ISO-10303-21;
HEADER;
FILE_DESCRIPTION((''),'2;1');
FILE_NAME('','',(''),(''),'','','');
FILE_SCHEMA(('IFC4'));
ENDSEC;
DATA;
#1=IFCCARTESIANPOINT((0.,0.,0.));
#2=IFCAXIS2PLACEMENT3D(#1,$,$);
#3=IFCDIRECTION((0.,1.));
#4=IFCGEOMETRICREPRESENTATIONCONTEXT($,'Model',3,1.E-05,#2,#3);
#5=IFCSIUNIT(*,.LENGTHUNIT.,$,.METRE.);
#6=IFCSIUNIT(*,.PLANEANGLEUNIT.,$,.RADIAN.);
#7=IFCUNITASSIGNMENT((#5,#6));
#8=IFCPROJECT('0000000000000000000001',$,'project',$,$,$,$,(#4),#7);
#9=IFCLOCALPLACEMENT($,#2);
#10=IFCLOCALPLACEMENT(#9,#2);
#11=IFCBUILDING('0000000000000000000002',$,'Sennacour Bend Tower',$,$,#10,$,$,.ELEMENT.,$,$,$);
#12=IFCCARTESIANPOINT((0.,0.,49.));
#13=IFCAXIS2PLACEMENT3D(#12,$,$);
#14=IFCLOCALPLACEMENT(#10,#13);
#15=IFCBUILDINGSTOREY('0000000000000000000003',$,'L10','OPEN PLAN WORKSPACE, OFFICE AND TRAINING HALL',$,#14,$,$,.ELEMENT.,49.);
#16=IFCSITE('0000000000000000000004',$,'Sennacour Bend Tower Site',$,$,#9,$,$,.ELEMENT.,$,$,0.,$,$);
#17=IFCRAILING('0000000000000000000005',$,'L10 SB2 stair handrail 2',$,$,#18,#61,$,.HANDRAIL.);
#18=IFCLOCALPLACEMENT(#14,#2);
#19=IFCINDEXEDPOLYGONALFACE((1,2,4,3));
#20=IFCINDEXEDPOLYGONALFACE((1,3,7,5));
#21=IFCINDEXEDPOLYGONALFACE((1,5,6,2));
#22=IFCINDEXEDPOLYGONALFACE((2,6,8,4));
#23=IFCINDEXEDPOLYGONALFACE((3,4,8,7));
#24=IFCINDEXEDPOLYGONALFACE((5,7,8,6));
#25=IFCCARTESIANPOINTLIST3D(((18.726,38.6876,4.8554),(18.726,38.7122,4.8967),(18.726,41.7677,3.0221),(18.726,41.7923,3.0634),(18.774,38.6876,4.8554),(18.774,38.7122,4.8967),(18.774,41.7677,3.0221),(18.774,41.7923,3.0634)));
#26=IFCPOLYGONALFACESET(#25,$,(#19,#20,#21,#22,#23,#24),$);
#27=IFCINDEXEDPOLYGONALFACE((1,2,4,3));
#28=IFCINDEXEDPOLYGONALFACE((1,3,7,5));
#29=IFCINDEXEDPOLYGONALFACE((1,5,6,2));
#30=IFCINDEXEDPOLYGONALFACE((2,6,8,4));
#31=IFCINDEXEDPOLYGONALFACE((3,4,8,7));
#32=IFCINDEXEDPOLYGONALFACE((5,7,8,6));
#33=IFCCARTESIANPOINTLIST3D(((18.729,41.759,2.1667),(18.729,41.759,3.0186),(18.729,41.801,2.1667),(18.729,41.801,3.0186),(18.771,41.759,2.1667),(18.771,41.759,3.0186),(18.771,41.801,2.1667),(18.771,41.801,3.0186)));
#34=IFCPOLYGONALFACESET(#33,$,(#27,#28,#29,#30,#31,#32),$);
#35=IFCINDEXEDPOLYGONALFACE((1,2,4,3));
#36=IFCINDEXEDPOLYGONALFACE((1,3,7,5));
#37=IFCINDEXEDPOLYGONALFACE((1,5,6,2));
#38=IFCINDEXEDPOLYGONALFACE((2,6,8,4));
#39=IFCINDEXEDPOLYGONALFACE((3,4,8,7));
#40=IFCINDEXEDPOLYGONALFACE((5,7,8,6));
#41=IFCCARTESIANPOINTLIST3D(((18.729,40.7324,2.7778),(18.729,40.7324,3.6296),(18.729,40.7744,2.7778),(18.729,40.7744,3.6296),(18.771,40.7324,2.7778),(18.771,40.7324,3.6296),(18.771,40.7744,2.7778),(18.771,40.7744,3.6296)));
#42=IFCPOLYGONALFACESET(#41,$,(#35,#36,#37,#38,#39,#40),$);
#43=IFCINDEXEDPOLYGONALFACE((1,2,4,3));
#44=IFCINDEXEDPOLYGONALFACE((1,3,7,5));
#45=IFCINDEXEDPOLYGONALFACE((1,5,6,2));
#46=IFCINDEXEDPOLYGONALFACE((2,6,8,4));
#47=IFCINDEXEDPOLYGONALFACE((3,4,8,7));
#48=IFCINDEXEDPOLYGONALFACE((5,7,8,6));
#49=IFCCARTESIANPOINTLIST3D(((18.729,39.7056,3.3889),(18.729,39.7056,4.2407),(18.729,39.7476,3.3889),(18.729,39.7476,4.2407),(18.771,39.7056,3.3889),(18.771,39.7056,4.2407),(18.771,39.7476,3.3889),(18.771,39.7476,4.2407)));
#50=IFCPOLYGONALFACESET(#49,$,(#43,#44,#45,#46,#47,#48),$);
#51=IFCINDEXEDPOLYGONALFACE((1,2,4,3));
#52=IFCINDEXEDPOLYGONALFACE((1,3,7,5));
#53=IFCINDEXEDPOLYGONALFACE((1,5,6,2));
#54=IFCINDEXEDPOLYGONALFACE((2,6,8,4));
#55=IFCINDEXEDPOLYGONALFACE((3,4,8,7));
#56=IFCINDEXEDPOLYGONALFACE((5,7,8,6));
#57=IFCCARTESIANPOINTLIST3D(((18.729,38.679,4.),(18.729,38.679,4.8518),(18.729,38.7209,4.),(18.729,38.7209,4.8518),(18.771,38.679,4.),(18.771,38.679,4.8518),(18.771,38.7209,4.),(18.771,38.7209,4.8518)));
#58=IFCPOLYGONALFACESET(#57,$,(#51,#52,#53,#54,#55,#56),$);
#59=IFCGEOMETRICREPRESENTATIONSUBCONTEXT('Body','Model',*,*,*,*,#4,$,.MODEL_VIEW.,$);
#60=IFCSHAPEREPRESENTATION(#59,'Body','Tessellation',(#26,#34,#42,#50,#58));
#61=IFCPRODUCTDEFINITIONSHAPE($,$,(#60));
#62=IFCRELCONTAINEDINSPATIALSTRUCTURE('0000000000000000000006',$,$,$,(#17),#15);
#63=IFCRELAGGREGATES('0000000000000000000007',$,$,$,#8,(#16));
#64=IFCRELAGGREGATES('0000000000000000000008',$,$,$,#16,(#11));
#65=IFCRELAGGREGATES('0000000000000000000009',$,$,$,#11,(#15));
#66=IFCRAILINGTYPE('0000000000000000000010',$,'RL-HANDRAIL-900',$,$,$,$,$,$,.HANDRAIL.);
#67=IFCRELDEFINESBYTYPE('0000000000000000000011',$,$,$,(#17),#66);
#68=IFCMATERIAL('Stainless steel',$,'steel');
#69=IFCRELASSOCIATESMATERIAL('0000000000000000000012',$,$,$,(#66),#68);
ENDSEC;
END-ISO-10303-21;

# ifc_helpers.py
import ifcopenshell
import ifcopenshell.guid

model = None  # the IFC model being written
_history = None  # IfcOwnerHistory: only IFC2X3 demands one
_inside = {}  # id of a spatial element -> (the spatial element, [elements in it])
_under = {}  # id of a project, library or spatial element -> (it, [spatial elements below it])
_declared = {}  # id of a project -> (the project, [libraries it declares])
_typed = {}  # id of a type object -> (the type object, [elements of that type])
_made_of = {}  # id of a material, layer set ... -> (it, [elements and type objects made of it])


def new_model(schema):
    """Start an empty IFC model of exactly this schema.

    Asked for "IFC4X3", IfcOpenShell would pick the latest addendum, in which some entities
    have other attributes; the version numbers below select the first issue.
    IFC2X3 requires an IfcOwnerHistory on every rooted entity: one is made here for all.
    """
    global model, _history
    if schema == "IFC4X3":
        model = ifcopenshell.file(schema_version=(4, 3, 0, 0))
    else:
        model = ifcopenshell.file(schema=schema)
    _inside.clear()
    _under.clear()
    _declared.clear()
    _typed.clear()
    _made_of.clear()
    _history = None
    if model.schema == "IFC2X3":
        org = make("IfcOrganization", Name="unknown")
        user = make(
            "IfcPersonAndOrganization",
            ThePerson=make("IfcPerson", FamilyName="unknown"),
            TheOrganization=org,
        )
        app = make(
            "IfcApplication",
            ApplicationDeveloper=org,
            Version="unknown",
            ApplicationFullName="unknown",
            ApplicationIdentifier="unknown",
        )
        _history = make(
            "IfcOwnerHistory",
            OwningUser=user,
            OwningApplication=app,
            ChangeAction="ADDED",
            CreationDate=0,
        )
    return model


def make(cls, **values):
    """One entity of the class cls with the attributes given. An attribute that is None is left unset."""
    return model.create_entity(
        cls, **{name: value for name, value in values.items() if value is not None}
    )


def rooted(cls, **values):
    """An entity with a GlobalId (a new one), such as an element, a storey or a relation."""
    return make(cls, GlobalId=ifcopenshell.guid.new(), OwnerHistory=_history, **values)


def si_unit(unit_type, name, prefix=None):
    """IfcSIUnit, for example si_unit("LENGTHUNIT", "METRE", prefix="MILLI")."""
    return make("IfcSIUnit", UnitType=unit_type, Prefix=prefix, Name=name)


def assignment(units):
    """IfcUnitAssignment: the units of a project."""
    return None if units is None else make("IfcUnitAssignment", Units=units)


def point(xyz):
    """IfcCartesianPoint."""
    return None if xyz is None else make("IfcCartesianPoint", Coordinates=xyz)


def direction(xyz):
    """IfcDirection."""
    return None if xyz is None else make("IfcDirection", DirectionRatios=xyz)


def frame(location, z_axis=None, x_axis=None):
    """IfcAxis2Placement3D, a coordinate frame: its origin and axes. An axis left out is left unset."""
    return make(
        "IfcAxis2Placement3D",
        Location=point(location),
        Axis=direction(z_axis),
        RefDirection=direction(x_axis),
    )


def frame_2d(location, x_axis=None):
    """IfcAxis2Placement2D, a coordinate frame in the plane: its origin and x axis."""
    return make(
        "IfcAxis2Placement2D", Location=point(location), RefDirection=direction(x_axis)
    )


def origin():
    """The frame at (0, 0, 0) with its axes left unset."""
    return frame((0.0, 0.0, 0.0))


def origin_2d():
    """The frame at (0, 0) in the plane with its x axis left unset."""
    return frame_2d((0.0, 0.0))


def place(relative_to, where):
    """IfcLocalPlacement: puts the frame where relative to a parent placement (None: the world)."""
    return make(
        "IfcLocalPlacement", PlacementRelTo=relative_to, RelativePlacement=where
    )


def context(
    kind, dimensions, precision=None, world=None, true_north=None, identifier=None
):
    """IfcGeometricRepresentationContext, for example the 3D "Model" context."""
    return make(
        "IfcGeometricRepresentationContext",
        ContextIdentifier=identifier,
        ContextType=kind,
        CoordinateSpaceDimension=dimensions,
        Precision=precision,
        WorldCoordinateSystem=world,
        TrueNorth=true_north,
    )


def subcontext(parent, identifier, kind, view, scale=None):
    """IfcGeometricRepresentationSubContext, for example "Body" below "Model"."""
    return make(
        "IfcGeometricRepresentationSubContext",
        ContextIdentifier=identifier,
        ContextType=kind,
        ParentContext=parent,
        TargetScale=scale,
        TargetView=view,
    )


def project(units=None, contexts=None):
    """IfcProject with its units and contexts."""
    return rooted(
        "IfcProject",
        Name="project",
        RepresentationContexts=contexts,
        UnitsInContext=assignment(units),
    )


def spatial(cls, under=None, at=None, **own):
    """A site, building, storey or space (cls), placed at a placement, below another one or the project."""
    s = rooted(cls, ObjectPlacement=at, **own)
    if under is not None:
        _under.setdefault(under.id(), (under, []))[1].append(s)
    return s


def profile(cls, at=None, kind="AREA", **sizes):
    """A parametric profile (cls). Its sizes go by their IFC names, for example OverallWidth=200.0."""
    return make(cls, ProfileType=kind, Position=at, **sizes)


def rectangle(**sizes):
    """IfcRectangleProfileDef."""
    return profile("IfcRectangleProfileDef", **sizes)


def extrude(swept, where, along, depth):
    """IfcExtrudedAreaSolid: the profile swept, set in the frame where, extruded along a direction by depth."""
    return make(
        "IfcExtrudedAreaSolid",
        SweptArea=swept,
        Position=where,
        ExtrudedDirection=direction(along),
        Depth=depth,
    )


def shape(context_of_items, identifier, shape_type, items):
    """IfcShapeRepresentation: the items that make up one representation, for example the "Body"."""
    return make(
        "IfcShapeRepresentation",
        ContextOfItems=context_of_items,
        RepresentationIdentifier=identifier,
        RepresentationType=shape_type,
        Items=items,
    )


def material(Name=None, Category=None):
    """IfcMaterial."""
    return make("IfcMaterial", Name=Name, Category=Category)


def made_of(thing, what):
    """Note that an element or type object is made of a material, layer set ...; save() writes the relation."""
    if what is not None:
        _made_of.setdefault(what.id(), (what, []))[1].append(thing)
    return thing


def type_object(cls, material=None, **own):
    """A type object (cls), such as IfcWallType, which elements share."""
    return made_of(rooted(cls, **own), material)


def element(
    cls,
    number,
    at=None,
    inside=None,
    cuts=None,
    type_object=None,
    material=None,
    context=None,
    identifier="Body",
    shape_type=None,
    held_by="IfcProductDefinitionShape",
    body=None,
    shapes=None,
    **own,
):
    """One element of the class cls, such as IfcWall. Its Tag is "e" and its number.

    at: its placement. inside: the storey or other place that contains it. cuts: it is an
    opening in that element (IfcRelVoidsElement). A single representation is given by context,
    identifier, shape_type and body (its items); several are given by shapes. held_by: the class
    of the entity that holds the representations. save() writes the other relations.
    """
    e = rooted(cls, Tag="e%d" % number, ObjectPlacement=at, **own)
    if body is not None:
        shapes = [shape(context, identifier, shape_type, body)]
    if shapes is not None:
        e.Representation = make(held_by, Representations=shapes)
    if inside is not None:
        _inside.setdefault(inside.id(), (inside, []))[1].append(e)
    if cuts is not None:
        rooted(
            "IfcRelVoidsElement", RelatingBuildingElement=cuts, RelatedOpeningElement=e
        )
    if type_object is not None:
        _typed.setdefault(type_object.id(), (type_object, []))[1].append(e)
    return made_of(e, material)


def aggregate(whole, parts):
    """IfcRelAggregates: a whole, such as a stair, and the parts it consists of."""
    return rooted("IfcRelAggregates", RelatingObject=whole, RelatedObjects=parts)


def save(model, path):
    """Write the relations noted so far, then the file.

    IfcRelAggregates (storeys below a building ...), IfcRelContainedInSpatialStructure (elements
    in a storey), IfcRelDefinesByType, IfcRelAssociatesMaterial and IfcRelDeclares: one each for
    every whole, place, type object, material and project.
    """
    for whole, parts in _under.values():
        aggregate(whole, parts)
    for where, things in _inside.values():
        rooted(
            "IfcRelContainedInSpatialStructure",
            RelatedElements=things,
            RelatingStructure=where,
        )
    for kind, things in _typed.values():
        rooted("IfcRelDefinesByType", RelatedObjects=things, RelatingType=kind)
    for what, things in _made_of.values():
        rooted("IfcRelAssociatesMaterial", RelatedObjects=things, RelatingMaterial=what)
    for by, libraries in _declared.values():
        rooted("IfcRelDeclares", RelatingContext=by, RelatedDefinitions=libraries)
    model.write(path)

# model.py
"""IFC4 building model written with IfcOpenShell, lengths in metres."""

from ifc_helpers import new_model, si_unit, direction, frame, origin, origin_2d, place, context, subcontext, project, spatial, rectangle, extrude, material, type_object, element, save


model = new_model("IFC4")

# Units and contexts
model_context = context("Model", 3, precision=1e-05, world=origin(), true_north=direction((0.0, 1.0)))
body_context = subcontext(model_context, "Body", "Model", "MODEL_VIEW")
ifc_project = project(units=[si_unit("LENGTHUNIT", "METRE"), si_unit("PLANEANGLEUNIT", "RADIAN")], contexts=[model_context])

# Site, building, storey
site_placement = place(None, origin())
site = spatial("IfcSite", under=ifc_project, at=site_placement, Name="Sennacour Bend Tower Site", CompositionType="ELEMENT", RefElevation=0.0)
building_placement = place(site_placement, origin())
building = spatial("IfcBuilding", under=site, at=building_placement, Name="Sennacour Bend Tower", CompositionType="ELEMENT")
storey_placement = place(building_placement, frame((0.0, 0.0, 49.0)))
storey = spatial("IfcBuildingStorey", under=building, at=storey_placement, Name="L10", Description="OPEN PLAN WORKSPACE, OFFICE AND TRAINING HALL", CompositionType="ELEMENT", Elevation=49.0)

# Shared definitions
ifc_material_1 = material(Name="Stainless steel", Category="steel")

# Railing
railing_type_1 = type_object("IfcRailingType", Name="RL-HANDRAIL-900", PredefinedType="HANDRAIL", material=ifc_material_1)
railing_1_placement = place(storey_placement, frame((18.75, 41.78, 2.1667)))
element("IfcRailing", 1, at=railing_1_placement, inside=storey, type_object=railing_type_1, Name="L10 SB2 stair handrail 2", PredefinedType="HANDRAIL", context=body_context, shape_type="SweptSolid", body=[
    extrude(rectangle(XDim=0.0481, YDim=0.0481, at=origin_2d()), frame((0.0, 0.0, 0.876), z_axis=(0.0, -0.859309, 0.511458), x_axis=(1.0, 0.0, 0.0)), (0.0, 0.0, 1.0), 3.5845),
    extrude(rectangle(XDim=0.042, YDim=0.042, at=origin_2d()), origin(), (0.0, 0.0, 1.0), 0.8518),
    extrude(rectangle(XDim=0.042, YDim=0.042, at=origin_2d()), frame((0.0, -1.0266, 0.6111)), (0.0, 0.0, 1.0), 0.8518),
    extrude(rectangle(XDim=0.042, YDim=0.042, at=origin_2d()), frame((0.0, -2.0535, 1.2222)), (0.0, 0.0, 1.0), 0.8518),
    extrude(rectangle(XDim=0.042, YDim=0.042, at=origin_2d()), frame((0.0, -3.0801, 1.8333)), (0.0, 0.0, 1.0), 0.8518),
])

save(model, "model.ifc")
